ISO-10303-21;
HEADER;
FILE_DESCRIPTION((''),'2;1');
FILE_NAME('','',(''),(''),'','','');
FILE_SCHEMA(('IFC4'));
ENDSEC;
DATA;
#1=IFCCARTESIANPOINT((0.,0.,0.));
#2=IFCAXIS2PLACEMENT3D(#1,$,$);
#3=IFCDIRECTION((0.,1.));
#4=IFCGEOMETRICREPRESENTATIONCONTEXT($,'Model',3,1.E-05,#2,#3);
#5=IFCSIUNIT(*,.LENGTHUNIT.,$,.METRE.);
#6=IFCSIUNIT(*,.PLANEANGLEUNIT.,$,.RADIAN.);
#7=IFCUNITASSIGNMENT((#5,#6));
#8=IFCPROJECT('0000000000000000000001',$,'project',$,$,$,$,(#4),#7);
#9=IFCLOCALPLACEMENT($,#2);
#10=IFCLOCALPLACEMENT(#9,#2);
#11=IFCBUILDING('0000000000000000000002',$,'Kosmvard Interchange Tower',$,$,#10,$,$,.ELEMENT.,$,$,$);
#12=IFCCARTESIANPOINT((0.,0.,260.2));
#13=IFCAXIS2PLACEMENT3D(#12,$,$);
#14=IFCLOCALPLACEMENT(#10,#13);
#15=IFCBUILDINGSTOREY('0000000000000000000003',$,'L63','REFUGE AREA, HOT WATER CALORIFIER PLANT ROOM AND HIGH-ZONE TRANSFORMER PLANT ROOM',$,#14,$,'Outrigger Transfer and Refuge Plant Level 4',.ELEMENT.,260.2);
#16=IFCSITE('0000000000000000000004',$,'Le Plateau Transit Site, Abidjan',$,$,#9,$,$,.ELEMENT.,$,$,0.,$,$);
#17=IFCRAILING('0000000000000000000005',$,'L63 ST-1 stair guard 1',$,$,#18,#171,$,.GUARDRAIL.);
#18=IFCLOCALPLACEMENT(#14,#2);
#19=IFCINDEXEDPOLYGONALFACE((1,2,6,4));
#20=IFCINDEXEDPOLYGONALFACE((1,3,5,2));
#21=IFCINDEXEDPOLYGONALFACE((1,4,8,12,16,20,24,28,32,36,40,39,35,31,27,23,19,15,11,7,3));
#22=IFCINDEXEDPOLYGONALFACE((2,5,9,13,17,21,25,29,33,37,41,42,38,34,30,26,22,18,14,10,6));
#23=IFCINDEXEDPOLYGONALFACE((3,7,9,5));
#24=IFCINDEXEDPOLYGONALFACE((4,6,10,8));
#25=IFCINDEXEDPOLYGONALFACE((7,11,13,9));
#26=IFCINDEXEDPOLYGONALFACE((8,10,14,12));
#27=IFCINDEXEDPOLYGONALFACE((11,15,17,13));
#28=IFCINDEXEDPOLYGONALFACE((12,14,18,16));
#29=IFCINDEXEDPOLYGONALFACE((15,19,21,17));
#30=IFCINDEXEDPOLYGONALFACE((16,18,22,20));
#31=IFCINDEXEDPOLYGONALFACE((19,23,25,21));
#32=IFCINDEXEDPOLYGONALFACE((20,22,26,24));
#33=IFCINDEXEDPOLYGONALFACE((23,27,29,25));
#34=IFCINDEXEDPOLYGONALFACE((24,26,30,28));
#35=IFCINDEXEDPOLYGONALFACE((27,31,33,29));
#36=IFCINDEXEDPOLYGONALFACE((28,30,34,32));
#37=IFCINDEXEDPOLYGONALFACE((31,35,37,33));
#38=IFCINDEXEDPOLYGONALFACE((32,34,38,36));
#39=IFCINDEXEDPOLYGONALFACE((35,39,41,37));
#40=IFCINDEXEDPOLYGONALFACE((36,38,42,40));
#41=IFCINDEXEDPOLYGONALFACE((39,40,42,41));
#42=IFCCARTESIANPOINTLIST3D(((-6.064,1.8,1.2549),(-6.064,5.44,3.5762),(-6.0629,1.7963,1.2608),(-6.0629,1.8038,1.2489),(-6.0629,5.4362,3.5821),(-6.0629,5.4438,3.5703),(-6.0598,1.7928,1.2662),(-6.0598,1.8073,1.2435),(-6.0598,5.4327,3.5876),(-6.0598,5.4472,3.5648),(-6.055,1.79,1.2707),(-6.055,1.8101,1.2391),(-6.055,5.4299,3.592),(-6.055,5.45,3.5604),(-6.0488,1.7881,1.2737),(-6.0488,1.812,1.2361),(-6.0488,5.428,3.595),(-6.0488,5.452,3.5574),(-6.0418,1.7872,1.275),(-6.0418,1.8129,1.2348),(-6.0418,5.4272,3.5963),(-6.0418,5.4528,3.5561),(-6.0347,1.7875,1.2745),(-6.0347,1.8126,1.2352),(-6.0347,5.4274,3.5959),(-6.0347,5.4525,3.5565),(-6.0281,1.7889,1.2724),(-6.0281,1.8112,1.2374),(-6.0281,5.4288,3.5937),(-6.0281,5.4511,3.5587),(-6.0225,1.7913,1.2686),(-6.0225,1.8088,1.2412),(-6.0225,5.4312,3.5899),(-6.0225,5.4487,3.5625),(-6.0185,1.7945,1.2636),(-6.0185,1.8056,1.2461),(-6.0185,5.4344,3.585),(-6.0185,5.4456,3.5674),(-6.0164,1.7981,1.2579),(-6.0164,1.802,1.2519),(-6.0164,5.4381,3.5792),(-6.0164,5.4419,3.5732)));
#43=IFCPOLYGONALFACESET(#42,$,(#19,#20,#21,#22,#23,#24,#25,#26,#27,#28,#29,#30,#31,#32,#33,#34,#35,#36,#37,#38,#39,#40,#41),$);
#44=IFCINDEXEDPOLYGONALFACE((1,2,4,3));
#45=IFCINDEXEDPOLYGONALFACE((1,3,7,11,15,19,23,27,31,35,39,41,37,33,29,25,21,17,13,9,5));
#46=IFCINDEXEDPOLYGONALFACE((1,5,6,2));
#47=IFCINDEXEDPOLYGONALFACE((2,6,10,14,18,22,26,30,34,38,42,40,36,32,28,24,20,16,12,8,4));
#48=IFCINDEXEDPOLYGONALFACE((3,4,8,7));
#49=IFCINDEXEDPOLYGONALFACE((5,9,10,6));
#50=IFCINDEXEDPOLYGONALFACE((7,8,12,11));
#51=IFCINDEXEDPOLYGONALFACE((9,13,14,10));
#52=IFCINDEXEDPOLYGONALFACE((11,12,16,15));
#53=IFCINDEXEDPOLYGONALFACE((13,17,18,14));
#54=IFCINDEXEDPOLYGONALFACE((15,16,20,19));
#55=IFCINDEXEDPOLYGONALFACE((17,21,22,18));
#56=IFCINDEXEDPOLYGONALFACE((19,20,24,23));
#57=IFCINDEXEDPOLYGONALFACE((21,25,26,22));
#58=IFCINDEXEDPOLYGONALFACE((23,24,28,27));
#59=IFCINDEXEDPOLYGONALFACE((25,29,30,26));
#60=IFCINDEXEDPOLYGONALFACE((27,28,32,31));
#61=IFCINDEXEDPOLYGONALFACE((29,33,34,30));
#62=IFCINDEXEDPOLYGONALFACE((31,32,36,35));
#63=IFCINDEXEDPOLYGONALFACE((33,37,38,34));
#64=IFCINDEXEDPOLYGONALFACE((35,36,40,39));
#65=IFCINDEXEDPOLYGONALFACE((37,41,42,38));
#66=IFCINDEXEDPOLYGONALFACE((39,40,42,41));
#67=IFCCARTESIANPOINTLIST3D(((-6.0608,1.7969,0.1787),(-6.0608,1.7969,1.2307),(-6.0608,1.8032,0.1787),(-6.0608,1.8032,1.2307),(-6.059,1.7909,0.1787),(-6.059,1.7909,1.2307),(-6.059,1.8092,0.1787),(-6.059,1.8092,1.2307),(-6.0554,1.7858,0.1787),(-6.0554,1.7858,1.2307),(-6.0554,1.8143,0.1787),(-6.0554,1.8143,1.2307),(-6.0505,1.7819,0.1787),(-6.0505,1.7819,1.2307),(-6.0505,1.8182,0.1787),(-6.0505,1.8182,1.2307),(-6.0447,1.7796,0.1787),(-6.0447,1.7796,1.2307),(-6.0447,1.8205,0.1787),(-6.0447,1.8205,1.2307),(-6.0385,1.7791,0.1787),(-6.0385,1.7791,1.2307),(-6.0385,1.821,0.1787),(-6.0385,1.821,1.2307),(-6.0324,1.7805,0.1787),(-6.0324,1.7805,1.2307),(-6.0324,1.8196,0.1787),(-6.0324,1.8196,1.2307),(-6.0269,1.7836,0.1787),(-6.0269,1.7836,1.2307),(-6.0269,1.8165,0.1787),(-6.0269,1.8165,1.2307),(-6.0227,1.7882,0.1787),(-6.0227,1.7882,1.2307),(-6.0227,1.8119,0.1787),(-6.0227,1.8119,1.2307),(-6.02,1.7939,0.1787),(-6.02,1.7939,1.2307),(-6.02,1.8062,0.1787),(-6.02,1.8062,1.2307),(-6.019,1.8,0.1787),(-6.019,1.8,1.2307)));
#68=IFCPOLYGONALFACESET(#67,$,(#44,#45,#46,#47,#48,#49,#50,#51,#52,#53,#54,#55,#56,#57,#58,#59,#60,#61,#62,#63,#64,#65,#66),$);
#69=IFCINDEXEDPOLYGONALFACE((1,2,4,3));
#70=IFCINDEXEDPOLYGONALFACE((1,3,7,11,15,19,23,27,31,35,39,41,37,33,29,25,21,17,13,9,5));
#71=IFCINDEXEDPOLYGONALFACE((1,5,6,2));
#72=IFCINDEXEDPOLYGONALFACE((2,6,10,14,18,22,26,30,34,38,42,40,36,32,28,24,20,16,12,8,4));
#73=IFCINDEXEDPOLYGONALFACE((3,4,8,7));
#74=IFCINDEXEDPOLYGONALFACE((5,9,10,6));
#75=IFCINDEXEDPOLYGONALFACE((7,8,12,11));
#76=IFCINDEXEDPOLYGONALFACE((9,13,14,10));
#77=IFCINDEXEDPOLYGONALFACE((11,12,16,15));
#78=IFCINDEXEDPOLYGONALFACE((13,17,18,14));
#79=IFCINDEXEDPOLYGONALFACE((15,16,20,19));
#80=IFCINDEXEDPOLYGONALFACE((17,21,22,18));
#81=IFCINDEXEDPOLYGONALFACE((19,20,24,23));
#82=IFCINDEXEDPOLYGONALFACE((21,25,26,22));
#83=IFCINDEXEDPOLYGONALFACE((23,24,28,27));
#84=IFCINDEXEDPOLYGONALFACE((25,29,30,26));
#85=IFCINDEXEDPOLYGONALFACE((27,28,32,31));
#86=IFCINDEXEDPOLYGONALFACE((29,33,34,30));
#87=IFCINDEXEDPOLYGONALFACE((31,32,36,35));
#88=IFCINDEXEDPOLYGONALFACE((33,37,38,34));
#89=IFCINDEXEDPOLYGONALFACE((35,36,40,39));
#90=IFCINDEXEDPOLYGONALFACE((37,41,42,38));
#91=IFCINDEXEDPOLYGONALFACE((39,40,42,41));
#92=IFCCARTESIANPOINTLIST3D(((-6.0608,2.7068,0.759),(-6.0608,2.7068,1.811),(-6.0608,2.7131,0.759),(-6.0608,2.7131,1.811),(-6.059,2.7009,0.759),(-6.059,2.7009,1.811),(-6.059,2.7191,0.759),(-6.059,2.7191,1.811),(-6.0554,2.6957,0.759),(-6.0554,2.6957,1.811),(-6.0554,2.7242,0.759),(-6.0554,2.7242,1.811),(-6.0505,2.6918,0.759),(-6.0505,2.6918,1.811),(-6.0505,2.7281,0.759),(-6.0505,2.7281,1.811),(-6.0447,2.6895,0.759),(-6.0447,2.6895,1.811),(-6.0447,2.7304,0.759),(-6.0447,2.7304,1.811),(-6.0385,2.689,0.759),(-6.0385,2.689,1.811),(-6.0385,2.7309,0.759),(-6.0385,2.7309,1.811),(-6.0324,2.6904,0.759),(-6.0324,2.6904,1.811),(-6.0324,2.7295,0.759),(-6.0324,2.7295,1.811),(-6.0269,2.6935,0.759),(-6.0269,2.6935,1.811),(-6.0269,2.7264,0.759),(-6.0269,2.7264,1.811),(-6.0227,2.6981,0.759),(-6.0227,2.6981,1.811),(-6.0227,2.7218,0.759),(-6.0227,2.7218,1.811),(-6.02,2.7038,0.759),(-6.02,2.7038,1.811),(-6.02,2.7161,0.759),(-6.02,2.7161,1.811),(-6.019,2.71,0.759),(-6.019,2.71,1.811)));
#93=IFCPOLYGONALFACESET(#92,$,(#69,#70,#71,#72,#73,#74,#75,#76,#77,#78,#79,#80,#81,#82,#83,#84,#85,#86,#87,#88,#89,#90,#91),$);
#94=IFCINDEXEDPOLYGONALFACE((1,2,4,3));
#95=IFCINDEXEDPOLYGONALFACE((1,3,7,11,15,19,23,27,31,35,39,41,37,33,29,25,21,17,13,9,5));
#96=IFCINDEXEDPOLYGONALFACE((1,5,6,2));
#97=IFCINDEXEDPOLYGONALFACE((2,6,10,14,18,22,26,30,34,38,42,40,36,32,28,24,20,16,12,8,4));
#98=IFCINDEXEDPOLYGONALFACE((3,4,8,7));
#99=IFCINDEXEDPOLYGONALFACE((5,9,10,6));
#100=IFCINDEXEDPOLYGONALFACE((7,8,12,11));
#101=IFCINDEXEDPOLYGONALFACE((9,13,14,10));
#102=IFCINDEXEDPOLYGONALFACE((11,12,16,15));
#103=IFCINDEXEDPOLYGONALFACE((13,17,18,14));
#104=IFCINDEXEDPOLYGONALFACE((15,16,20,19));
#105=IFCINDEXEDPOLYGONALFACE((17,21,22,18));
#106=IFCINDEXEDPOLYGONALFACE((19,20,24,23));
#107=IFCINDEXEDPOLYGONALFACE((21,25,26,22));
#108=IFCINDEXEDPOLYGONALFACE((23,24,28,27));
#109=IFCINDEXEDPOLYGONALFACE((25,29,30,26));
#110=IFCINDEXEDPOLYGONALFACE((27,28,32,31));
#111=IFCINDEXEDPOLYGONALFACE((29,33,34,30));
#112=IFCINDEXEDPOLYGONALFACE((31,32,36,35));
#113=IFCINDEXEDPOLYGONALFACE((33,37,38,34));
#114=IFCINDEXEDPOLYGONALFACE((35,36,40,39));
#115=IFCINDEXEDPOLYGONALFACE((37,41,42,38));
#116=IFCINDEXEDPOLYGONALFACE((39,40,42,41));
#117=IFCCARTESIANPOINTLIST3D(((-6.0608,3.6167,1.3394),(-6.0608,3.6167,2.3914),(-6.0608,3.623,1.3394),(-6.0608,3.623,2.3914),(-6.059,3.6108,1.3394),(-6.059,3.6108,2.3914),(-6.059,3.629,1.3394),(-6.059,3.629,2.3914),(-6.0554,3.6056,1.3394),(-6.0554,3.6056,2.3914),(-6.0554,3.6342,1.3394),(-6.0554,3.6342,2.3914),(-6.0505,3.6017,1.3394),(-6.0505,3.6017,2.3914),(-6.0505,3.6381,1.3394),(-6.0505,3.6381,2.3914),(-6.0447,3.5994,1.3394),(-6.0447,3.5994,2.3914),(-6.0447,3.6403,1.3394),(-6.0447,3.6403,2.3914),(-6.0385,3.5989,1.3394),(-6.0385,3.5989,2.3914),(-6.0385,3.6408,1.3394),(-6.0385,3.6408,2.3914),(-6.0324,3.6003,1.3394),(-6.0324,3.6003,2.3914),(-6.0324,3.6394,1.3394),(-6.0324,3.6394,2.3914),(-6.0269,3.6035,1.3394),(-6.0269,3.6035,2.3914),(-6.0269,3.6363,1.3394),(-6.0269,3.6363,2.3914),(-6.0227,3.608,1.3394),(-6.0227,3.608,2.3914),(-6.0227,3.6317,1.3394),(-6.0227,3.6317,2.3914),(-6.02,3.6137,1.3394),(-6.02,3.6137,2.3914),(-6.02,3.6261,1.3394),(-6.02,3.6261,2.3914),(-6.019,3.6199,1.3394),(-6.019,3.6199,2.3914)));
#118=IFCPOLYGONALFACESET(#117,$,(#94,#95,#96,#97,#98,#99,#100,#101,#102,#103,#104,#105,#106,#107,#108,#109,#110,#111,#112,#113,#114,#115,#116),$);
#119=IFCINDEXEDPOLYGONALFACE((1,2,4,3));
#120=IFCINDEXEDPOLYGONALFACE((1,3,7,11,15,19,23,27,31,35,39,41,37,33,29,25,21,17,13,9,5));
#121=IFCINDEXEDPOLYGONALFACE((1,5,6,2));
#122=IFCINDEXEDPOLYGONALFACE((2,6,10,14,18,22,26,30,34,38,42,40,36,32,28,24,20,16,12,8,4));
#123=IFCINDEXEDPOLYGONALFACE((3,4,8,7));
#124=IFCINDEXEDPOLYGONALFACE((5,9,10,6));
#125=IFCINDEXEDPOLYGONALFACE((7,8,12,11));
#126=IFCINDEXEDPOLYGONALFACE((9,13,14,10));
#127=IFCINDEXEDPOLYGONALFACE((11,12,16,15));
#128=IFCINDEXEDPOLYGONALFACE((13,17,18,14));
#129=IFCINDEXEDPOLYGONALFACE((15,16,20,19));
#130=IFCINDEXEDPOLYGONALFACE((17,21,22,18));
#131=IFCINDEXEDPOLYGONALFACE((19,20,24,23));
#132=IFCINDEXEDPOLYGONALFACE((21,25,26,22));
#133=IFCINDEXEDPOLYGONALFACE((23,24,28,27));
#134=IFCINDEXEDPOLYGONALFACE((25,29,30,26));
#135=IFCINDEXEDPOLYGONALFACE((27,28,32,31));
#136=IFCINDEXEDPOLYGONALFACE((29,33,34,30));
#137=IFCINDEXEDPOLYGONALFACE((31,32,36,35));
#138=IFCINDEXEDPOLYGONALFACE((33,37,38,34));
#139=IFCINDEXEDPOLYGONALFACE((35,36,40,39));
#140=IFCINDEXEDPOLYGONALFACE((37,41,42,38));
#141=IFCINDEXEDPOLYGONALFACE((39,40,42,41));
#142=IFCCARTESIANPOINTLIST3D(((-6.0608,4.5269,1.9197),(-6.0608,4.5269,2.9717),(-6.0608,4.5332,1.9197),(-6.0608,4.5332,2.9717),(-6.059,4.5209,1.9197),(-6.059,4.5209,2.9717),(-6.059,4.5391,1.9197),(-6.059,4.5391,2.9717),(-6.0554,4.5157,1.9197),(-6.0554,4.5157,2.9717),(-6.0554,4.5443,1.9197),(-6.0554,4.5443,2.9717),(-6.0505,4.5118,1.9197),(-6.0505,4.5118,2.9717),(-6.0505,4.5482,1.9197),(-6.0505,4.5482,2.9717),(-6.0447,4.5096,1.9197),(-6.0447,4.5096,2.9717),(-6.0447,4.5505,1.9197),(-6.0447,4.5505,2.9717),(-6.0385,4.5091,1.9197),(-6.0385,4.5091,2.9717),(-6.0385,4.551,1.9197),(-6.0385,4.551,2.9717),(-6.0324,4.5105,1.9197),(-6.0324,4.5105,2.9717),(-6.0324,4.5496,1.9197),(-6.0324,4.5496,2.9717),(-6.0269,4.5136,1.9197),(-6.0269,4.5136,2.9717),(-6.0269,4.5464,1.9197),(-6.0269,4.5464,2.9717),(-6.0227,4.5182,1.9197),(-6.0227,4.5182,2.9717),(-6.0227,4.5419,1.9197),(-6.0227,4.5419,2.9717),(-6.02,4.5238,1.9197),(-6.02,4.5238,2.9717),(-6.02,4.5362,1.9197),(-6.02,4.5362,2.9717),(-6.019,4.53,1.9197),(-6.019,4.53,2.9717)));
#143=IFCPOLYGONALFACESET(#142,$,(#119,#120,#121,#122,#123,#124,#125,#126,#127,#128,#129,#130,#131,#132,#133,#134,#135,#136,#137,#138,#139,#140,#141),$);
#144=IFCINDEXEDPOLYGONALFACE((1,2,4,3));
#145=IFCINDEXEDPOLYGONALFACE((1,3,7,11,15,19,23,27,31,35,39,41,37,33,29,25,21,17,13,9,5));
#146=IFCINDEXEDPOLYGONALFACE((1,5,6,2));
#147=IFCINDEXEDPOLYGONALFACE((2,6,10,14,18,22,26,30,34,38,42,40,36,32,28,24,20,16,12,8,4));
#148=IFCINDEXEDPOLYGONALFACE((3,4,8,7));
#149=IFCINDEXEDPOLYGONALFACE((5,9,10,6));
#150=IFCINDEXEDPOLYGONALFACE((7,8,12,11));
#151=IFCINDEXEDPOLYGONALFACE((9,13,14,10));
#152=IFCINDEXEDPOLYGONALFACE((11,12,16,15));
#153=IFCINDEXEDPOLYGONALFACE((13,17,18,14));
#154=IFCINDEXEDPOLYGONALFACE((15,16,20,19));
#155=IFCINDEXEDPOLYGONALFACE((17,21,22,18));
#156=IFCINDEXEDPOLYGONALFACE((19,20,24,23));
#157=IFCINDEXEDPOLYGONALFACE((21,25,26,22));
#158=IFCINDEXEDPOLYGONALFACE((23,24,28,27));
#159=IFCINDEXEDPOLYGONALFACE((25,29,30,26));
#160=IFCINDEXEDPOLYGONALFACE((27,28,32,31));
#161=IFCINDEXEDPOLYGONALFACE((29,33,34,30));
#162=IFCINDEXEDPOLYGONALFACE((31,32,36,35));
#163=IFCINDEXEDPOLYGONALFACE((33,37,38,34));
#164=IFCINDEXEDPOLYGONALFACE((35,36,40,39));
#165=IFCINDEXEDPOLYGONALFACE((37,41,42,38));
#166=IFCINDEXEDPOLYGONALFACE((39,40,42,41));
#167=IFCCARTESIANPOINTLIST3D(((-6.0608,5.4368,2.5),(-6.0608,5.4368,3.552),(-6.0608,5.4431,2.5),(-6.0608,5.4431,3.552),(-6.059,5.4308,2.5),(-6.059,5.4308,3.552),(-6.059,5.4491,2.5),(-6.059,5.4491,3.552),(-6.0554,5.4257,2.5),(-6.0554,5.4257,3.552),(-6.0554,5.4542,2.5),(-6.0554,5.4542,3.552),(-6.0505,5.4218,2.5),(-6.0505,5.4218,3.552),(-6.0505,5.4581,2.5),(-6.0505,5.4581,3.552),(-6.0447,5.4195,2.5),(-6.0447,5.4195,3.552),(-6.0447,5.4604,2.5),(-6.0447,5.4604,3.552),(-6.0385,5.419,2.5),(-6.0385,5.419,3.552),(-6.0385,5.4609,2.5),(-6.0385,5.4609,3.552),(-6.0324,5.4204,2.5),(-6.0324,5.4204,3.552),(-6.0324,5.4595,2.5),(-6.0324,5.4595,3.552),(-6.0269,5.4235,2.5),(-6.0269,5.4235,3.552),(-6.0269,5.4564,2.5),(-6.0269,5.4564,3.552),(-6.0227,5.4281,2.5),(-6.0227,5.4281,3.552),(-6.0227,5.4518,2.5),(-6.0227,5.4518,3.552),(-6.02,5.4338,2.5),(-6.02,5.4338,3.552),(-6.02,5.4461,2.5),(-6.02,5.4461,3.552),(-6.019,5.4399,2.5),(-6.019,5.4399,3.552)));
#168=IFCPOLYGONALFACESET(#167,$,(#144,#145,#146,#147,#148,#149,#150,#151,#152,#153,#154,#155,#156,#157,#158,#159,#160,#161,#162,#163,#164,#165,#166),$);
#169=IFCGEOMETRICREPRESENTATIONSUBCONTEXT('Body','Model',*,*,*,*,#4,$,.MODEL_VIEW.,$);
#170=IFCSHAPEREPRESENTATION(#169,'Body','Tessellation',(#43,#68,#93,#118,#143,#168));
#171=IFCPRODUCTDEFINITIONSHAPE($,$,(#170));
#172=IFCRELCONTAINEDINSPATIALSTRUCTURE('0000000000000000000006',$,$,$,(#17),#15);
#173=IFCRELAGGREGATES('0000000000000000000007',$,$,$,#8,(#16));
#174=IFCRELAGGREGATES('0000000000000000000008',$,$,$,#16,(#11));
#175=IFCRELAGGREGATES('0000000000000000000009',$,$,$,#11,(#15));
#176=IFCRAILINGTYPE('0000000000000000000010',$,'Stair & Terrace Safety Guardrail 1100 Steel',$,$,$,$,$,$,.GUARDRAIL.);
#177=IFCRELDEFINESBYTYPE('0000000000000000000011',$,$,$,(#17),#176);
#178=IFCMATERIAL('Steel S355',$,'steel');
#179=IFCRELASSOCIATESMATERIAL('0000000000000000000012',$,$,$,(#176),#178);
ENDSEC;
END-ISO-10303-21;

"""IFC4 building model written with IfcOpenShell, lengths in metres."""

from ifc_helpers import new_model, si_unit, direction, frame, origin, origin_2d, place, context, subcontext, project, spatial, circle, extrude, source, transform, mapped, material, type_object, element, save


model = new_model("IFC4")

# Units and contexts
model_context = context("Model", 3, precision=1e-05, world=origin(), true_north=direction((0.0, 1.0)))
body_context = subcontext(model_context, "Body", "Model", "MODEL_VIEW")
ifc_project = project(units=[si_unit("LENGTHUNIT", "METRE"), si_unit("PLANEANGLEUNIT", "RADIAN")], contexts=[model_context])

# Site, building, storey
site_placement = place(None, origin())
site = spatial("IfcSite", under=ifc_project, at=site_placement, Name="Le Plateau Transit Site, Abidjan", CompositionType="ELEMENT", RefElevation=0.0)
building_placement = place(site_placement, origin())
building = spatial("IfcBuilding", under=site, at=building_placement, Name="Kosmvard Interchange Tower", CompositionType="ELEMENT")
storey_placement = place(building_placement, frame((0.0, 0.0, 260.2)))
storey = spatial("IfcBuildingStorey", under=building, at=storey_placement, Name="L63", Description="REFUGE AREA, HOT WATER CALORIFIER PLANT ROOM AND HIGH-ZONE TRANSFORMER PLANT ROOM", LongName="Outrigger Transfer and Refuge Plant Level 4", CompositionType="ELEMENT", Elevation=260.2)

# Railing
ifc_material_1 = material(Name="Steel S355", Category="steel")
railing_type_1 = type_object("IfcRailingType", Name="Stair & Terrace Safety Guardrail 1100 Steel", PredefinedType="GUARDRAIL", material=ifc_material_1)
shared_shape_1 = source(origin(), body_context, "Body", "SweptSolid", [
    extrude(circle(Radius=0.0239, at=origin_2d()), frame((0.0, 0.0, 1.0762), z_axis=(0.0, 0.843137, 0.537699), x_axis=(-1.0, 0.0, 0.0)), (0.0, 0.0, 1.0), 4.3171),
    extrude(circle(Radius=0.021, at=origin_2d()), origin(), (0.0, 0.0, 1.0), 1.052),
    extrude(circle(Radius=0.021, at=origin_2d()), frame((0.0, 0.9099, 0.5803)), (0.0, 0.0, 1.0), 1.052),
    extrude(circle(Radius=0.021, at=origin_2d()), frame((0.0, 1.8198, 1.1606)), (0.0, 0.0, 1.0), 1.052),
    extrude(circle(Radius=0.021, at=origin_2d()), frame((0.0, 2.73, 1.741)), (0.0, 0.0, 1.0), 1.052),
    extrude(circle(Radius=0.021, at=origin_2d()), frame((0.0, 3.6399, 2.3213)), (0.0, 0.0, 1.0), 1.052),
])
railing_1_placement = place(storey_placement, frame((-6.04, 1.8, 0.1787)))
element("IfcRailing", 1, at=railing_1_placement, inside=storey, type_object=railing_type_1, Name="L63 ST-1 stair guard 1", PredefinedType="GUARDRAIL", context=body_context, shape_type="MappedRepresentation", body=[
    mapped(shared_shape_1, transform((0.0, 0.0, 0.0), scale=1.0)),
])

save(model, "model.ifc")
